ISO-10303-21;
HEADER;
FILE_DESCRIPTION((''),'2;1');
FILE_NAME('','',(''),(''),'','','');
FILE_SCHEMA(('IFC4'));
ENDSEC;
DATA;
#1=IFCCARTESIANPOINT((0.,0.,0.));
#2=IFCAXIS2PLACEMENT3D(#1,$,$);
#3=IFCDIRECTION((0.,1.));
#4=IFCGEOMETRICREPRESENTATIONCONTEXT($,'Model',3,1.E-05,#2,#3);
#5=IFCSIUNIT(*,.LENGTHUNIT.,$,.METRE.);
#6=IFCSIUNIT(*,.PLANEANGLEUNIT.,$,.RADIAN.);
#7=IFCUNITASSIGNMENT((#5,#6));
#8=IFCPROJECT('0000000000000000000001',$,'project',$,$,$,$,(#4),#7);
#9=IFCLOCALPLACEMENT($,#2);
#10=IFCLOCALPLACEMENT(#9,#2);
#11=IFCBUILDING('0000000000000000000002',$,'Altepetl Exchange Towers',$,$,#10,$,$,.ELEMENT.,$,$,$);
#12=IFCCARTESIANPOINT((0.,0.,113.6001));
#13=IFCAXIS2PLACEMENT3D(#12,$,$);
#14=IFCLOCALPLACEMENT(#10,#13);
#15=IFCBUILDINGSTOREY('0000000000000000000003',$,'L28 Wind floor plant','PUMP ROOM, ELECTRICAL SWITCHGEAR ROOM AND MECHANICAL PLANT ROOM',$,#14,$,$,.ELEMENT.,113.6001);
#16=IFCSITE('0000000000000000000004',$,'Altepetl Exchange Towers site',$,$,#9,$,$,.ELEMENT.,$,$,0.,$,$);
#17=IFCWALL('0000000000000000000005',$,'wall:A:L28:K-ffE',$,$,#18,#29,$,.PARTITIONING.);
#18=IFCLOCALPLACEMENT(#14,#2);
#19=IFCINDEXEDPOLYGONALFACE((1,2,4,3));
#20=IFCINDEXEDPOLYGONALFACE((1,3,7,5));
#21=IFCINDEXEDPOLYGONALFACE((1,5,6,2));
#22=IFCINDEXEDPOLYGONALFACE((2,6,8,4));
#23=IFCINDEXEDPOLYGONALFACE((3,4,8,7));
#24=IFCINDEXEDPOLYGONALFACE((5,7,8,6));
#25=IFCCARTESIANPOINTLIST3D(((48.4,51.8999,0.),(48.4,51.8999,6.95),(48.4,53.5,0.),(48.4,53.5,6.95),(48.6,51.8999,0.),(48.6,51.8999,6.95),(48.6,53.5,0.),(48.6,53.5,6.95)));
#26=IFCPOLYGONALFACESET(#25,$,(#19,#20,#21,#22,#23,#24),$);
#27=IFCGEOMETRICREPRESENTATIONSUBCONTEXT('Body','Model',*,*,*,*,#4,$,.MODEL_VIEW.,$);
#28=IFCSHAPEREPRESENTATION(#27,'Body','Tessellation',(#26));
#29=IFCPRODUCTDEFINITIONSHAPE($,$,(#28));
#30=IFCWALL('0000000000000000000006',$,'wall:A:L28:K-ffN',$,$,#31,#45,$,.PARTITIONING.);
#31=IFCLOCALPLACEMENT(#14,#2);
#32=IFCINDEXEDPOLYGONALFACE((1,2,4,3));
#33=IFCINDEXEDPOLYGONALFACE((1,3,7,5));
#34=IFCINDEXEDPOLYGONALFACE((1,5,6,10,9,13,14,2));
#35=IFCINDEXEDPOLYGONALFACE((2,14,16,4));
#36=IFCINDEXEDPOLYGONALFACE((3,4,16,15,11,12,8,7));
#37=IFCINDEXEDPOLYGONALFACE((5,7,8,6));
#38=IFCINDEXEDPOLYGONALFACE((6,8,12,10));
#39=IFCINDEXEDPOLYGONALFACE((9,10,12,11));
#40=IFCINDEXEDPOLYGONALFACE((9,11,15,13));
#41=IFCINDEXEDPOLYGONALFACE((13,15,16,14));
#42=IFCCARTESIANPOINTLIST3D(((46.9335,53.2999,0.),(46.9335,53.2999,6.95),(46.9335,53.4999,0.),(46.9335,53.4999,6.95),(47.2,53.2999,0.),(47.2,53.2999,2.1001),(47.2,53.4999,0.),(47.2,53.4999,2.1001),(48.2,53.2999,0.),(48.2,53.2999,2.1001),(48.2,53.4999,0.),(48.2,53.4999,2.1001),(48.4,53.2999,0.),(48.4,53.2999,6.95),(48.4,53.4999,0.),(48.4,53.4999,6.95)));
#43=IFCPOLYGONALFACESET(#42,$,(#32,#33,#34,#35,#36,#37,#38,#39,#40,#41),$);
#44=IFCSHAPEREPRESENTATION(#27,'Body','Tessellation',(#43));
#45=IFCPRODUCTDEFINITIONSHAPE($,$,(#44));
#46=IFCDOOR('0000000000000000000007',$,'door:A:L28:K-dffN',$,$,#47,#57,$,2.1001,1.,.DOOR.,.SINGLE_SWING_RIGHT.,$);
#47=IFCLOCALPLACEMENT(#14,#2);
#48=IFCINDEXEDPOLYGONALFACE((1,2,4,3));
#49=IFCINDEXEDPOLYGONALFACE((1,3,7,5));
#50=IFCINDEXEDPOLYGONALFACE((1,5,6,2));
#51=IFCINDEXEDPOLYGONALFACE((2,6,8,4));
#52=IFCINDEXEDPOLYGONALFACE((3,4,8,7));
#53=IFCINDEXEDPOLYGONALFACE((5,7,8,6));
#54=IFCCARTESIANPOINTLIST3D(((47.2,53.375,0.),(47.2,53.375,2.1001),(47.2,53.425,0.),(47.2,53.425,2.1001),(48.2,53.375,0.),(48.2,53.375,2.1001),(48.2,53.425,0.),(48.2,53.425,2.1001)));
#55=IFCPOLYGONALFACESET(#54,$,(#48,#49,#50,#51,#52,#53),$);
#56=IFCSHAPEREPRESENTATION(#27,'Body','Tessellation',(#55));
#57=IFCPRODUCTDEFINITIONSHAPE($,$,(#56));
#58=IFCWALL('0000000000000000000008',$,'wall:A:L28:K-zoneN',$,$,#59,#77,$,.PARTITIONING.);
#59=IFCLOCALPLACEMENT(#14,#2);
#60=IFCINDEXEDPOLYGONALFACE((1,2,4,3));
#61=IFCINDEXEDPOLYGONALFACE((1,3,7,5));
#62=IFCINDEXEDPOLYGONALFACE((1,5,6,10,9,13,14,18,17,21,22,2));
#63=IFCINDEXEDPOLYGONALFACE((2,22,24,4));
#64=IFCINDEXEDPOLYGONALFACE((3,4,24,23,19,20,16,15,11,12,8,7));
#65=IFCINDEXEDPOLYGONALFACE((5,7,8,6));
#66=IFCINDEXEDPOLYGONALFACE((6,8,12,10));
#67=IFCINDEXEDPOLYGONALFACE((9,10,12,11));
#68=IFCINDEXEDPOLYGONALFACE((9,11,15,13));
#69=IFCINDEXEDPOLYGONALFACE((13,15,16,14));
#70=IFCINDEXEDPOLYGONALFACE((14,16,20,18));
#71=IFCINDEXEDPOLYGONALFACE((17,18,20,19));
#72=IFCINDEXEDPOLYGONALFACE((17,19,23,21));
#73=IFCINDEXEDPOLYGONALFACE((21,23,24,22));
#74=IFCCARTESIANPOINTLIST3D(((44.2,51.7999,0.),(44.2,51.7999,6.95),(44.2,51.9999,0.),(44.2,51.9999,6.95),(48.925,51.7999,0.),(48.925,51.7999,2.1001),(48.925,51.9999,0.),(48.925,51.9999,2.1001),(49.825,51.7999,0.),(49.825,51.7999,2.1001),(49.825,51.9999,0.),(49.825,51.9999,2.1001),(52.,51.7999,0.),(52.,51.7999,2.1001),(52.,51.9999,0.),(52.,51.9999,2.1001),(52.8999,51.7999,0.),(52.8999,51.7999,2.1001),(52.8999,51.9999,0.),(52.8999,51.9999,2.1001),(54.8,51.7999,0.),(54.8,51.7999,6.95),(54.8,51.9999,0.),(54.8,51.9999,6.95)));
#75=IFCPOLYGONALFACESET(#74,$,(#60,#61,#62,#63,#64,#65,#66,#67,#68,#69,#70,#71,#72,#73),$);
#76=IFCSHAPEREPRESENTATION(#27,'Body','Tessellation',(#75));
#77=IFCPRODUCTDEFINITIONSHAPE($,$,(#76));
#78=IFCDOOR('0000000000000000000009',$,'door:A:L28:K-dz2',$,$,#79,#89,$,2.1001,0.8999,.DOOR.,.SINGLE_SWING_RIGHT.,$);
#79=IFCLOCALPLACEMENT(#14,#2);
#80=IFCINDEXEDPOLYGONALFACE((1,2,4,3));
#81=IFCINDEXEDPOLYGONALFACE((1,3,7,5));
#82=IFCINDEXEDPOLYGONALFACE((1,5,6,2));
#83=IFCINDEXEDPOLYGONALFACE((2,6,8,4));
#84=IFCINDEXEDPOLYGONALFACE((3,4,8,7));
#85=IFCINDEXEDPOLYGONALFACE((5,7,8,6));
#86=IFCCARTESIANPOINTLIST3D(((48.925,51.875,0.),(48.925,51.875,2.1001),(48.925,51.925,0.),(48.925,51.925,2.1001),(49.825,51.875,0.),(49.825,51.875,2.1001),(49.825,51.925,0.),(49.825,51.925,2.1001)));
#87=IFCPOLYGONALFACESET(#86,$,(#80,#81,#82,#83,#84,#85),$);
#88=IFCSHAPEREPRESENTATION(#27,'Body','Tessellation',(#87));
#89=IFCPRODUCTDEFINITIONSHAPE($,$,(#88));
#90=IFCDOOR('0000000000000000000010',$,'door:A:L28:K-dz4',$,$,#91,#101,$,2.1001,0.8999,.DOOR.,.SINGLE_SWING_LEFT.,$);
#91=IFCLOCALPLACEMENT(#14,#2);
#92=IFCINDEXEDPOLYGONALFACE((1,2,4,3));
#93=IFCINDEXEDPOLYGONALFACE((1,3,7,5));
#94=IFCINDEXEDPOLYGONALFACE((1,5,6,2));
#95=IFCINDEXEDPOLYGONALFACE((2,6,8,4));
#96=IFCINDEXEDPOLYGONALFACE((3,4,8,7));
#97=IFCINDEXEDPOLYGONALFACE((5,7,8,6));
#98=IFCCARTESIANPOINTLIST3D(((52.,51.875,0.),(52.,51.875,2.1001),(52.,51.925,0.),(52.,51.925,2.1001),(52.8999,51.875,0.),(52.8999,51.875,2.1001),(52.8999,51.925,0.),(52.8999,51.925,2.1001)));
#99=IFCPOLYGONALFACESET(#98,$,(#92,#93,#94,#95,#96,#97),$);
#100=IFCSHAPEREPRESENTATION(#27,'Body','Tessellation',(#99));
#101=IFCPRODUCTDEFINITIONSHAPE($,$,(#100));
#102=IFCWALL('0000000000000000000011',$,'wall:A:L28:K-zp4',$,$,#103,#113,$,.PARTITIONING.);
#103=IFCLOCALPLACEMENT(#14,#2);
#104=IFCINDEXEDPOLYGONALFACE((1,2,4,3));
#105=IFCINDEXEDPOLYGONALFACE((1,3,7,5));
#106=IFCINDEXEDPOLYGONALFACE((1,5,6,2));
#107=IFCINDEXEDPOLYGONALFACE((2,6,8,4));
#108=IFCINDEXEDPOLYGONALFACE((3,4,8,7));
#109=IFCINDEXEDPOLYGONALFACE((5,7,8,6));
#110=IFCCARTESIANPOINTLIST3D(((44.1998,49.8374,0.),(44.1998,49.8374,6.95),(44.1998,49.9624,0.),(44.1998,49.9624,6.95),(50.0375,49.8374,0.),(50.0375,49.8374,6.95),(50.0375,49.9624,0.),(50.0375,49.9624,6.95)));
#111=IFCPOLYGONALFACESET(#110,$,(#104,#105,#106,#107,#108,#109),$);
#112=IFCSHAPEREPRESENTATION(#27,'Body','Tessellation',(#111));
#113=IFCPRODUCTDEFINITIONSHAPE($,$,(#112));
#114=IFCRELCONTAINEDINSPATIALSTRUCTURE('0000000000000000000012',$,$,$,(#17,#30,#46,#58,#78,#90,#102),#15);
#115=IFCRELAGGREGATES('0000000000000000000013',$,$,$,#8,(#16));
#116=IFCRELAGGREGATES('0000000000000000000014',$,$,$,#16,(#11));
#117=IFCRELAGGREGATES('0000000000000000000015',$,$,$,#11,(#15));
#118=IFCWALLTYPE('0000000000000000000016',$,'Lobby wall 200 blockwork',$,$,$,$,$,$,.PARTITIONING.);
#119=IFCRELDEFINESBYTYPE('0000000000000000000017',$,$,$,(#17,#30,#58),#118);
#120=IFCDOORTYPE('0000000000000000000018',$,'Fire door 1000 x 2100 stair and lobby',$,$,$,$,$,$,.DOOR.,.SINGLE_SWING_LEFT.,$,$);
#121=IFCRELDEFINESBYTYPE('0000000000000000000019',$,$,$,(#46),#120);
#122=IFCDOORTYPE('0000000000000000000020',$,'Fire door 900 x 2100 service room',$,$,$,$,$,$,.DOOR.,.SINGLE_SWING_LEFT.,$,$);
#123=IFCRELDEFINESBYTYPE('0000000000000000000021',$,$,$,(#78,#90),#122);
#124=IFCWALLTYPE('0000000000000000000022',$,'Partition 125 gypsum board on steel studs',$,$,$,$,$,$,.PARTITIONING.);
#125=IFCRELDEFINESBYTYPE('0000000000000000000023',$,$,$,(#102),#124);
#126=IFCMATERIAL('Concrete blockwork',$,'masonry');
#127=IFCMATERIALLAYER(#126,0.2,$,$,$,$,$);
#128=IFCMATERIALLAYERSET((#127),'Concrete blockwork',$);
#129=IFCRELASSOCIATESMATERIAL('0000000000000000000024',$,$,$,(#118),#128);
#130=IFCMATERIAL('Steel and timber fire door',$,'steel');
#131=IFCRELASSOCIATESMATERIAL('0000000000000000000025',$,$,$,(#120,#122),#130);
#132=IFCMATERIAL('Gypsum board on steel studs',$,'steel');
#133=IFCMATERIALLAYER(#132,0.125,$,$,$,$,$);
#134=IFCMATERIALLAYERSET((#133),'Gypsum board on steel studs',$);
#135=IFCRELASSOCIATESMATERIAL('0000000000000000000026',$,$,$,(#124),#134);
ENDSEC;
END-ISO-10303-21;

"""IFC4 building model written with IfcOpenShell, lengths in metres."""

from ifc_helpers import new_model, si_unit, direction, frame, frame_2d, origin, place, context, subcontext, project, spatial, rectangle, extrude, material, layer, layer_set, type_object, element, fill, save


model = new_model("IFC4")

# Units and contexts
model_context = context("Model", 3, precision=1e-05, world=origin(), true_north=direction((0.0, 1.0)))
body_context = subcontext(model_context, "Body", "Model", "MODEL_VIEW")
ifc_project = project(units=[si_unit("LENGTHUNIT", "METRE"), si_unit("PLANEANGLEUNIT", "RADIAN")], contexts=[model_context])

# Site, building, storey
site_placement = place(None, origin())
site = spatial("IfcSite", under=ifc_project, at=site_placement, Name="Altepetl Exchange Towers site", CompositionType="ELEMENT", RefElevation=0.0)
building_placement = place(site_placement, origin())
building = spatial("IfcBuilding", under=site, at=building_placement, Name="Altepetl Exchange Towers", CompositionType="ELEMENT")
storey_placement = place(building_placement, frame((0.0, 0.0, 113.6001)))
storey = spatial("IfcBuildingStorey", under=building, at=storey_placement, Name="L28 Wind floor plant", Description="PUMP ROOM, ELECTRICAL SWITCHGEAR ROOM AND MECHANICAL PLANT ROOM", CompositionType="ELEMENT", Elevation=113.6001)

# Wall
ifc_material_1 = material(Name="Concrete blockwork", Category="masonry")
ifc_layer_1 = layer(ifc_material_1, 0.2)
ifc_layer_set_1 = layer_set([ifc_layer_1], Name="Concrete blockwork")
wall_type_1 = type_object("IfcWallType", Name="Lobby wall 200 blockwork", PredefinedType="PARTITIONING", material=ifc_layer_set_1)
wall_1_placement = place(storey_placement, frame((48.5, 51.8999, 0.0), z_axis=(0.0, 0.0, 1.0), x_axis=(0.0, 1.0, 0.0)))
element("IfcWall", 1, at=wall_1_placement, inside=storey, type_object=wall_type_1, Name="wall:A:L28:K-ffE", PredefinedType="PARTITIONING", context=body_context, shape_type="SweptSolid", body=[
    extrude(rectangle(XDim=1.6001, YDim=0.2, at=frame_2d((0.8, 0.0))), origin(), (0.0, 0.0, 1.0), 6.95),
])

# Wall, opening, door
wall_2_placement = place(storey_placement, frame((46.9333, 53.3999, 0.0)))
wall_2 = element("IfcWall", 2, at=wall_2_placement, inside=storey, type_object=wall_type_1, Name="wall:A:L28:K-ffN", PredefinedType="PARTITIONING", context=body_context, shape_type="SweptSolid", body=[
    extrude(rectangle(XDim=1.4666, YDim=0.2, at=frame_2d((0.7334, 0.0))), origin(), (0.0, 0.0, 1.0), 6.95),
])
opening_1_placement = place(wall_2_placement, frame((0.2666, 0.0, 0.0)))
opening_1 = element("IfcOpeningElement", 3, at=opening_1_placement, cuts=wall_2, PredefinedType="OPENING", context=body_context, shape_type="SweptSolid", body=[
    extrude(rectangle(XDim=1.0, YDim=2.1001, at=frame_2d((0.5, 1.05))), frame((0.0, 0.1099, 0.0), z_axis=(0.0, -1.0, 0.0), x_axis=(1.0, 0.0, 0.0)), (0.0, 0.0, 1.0), 0.22),
])
ifc_material_2 = material(Name="Steel and timber fire door", Category="steel")
door_type_1 = type_object("IfcDoorType", Name="Fire door 1000 x 2100 stair and lobby", OperationType="SINGLE_SWING_LEFT", PredefinedType="DOOR", material=ifc_material_2)
door_1_placement = place(opening_1_placement, frame((1.0, 0.0, 0.0), x_axis=(-1.0, 0.0, 0.0)))
door_1 = element("IfcDoor", 4, at=door_1_placement, inside=storey, type_object=door_type_1, Name="door:A:L28:K-dffN", OperationType="SINGLE_SWING_RIGHT", OverallHeight=2.1001, OverallWidth=1.0, PredefinedType="DOOR", context=body_context, shape_type="SweptSolid", body=[
    extrude(rectangle(XDim=1.0, YDim=2.1001, at=frame_2d((0.5, 1.05))), frame((0.0, 0.0249, 0.0), z_axis=(0.0, -1.0, 0.0), x_axis=(1.0, 0.0, 0.0)), (0.0, 0.0, 1.0), 0.05),
])
fill(opening_1, door_1)

# Wall, openings, doors
wall_3_placement = place(storey_placement, frame((44.2, 51.8999, 0.0)))
wall_3 = element("IfcWall", 5, at=wall_3_placement, inside=storey, type_object=wall_type_1, Name="wall:A:L28:K-zoneN", PredefinedType="PARTITIONING", context=body_context, shape_type="SweptSolid", body=[
    extrude(rectangle(XDim=10.6001, YDim=0.2, at=frame_2d((5.3, 0.0))), origin(), (0.0, 0.0, 1.0), 6.95),
])
opening_2_placement = place(wall_3_placement, frame((4.7251, 0.0, 0.0)))
opening_2 = element("IfcOpeningElement", 6, at=opening_2_placement, cuts=wall_3, PredefinedType="OPENING", context=body_context, shape_type="SweptSolid", body=[
    extrude(rectangle(XDim=0.8999, YDim=2.1001, at=frame_2d((0.45, 1.05))), frame((0.0, 0.1099, 0.0), z_axis=(0.0, -1.0, 0.0), x_axis=(1.0, 0.0, 0.0)), (0.0, 0.0, 1.0), 0.22),
])
opening_3_placement = place(wall_3_placement, frame((7.8, 0.0, 0.0)))
opening_3 = element("IfcOpeningElement", 7, at=opening_3_placement, cuts=wall_3, PredefinedType="OPENING", context=body_context, shape_type="SweptSolid", body=[
    extrude(rectangle(XDim=0.8999, YDim=2.1001, at=frame_2d((0.45, 1.05))), frame((0.0, 0.1099, 0.0), z_axis=(0.0, -1.0, 0.0), x_axis=(1.0, 0.0, 0.0)), (0.0, 0.0, 1.0), 0.22),
])
door_type_2 = type_object("IfcDoorType", Name="Fire door 900 x 2100 service room", OperationType="SINGLE_SWING_LEFT", PredefinedType="DOOR", material=ifc_material_2)
door_2_placement = place(opening_2_placement, frame((0.8999, 0.0, 0.0), x_axis=(-1.0, 0.0, 0.0)))
door_2 = element("IfcDoor", 8, at=door_2_placement, inside=storey, type_object=door_type_2, Name="door:A:L28:K-dz2", OperationType="SINGLE_SWING_RIGHT", OverallHeight=2.1001, OverallWidth=0.8999, PredefinedType="DOOR", context=body_context, shape_type="SweptSolid", body=[
    extrude(rectangle(XDim=0.8999, YDim=2.1001, at=frame_2d((0.45, 1.05))), frame((0.0, 0.0249, 0.0), z_axis=(0.0, -1.0, 0.0), x_axis=(1.0, 0.0, 0.0)), (0.0, 0.0, 1.0), 0.05),
])
fill(opening_2, door_2)
door_3_placement = place(opening_3_placement, frame((0.8999, 0.0, 0.0), x_axis=(-1.0, 0.0, 0.0)))
door_3 = element("IfcDoor", 9, at=door_3_placement, inside=storey, type_object=door_type_2, Name="door:A:L28:K-dz4", OperationType="SINGLE_SWING_LEFT", OverallHeight=2.1001, OverallWidth=0.8999, PredefinedType="DOOR", context=body_context, shape_type="SweptSolid", body=[
    extrude(rectangle(XDim=0.8999, YDim=2.1001, at=frame_2d((0.45, 1.05))), frame((0.0, 0.0249, 0.0), z_axis=(0.0, -1.0, 0.0), x_axis=(1.0, 0.0, 0.0)), (0.0, 0.0, 1.0), 0.05),
])
fill(opening_3, door_3)

# Wall
ifc_material_3 = material(Name="Gypsum board on steel studs", Category="steel")
ifc_layer_2 = layer(ifc_material_3, 0.125)
ifc_layer_set_2 = layer_set([ifc_layer_2], Name="Gypsum board on steel studs")
wall_type_2 = type_object("IfcWallType", Name="Partition 125 gypsum board on steel studs", PredefinedType="PARTITIONING", material=ifc_layer_set_2)
wall_4_placement = place(storey_placement, frame((50.0376, 49.8999, 0.0), z_axis=(0.0, 0.0, 1.0), x_axis=(-1.0, 0.0, 0.0)))
element("IfcWall", 10, at=wall_4_placement, inside=storey, type_object=wall_type_2, Name="wall:A:L28:K-zp4", PredefinedType="PARTITIONING", context=body_context, shape_type="SweptSolid", body=[
    extrude(rectangle(XDim=5.8376, YDim=0.125, at=frame_2d((2.9189, 0.0))), origin(), (0.0, 0.0, 1.0), 6.95),
])

save(model, "model.ifc")
